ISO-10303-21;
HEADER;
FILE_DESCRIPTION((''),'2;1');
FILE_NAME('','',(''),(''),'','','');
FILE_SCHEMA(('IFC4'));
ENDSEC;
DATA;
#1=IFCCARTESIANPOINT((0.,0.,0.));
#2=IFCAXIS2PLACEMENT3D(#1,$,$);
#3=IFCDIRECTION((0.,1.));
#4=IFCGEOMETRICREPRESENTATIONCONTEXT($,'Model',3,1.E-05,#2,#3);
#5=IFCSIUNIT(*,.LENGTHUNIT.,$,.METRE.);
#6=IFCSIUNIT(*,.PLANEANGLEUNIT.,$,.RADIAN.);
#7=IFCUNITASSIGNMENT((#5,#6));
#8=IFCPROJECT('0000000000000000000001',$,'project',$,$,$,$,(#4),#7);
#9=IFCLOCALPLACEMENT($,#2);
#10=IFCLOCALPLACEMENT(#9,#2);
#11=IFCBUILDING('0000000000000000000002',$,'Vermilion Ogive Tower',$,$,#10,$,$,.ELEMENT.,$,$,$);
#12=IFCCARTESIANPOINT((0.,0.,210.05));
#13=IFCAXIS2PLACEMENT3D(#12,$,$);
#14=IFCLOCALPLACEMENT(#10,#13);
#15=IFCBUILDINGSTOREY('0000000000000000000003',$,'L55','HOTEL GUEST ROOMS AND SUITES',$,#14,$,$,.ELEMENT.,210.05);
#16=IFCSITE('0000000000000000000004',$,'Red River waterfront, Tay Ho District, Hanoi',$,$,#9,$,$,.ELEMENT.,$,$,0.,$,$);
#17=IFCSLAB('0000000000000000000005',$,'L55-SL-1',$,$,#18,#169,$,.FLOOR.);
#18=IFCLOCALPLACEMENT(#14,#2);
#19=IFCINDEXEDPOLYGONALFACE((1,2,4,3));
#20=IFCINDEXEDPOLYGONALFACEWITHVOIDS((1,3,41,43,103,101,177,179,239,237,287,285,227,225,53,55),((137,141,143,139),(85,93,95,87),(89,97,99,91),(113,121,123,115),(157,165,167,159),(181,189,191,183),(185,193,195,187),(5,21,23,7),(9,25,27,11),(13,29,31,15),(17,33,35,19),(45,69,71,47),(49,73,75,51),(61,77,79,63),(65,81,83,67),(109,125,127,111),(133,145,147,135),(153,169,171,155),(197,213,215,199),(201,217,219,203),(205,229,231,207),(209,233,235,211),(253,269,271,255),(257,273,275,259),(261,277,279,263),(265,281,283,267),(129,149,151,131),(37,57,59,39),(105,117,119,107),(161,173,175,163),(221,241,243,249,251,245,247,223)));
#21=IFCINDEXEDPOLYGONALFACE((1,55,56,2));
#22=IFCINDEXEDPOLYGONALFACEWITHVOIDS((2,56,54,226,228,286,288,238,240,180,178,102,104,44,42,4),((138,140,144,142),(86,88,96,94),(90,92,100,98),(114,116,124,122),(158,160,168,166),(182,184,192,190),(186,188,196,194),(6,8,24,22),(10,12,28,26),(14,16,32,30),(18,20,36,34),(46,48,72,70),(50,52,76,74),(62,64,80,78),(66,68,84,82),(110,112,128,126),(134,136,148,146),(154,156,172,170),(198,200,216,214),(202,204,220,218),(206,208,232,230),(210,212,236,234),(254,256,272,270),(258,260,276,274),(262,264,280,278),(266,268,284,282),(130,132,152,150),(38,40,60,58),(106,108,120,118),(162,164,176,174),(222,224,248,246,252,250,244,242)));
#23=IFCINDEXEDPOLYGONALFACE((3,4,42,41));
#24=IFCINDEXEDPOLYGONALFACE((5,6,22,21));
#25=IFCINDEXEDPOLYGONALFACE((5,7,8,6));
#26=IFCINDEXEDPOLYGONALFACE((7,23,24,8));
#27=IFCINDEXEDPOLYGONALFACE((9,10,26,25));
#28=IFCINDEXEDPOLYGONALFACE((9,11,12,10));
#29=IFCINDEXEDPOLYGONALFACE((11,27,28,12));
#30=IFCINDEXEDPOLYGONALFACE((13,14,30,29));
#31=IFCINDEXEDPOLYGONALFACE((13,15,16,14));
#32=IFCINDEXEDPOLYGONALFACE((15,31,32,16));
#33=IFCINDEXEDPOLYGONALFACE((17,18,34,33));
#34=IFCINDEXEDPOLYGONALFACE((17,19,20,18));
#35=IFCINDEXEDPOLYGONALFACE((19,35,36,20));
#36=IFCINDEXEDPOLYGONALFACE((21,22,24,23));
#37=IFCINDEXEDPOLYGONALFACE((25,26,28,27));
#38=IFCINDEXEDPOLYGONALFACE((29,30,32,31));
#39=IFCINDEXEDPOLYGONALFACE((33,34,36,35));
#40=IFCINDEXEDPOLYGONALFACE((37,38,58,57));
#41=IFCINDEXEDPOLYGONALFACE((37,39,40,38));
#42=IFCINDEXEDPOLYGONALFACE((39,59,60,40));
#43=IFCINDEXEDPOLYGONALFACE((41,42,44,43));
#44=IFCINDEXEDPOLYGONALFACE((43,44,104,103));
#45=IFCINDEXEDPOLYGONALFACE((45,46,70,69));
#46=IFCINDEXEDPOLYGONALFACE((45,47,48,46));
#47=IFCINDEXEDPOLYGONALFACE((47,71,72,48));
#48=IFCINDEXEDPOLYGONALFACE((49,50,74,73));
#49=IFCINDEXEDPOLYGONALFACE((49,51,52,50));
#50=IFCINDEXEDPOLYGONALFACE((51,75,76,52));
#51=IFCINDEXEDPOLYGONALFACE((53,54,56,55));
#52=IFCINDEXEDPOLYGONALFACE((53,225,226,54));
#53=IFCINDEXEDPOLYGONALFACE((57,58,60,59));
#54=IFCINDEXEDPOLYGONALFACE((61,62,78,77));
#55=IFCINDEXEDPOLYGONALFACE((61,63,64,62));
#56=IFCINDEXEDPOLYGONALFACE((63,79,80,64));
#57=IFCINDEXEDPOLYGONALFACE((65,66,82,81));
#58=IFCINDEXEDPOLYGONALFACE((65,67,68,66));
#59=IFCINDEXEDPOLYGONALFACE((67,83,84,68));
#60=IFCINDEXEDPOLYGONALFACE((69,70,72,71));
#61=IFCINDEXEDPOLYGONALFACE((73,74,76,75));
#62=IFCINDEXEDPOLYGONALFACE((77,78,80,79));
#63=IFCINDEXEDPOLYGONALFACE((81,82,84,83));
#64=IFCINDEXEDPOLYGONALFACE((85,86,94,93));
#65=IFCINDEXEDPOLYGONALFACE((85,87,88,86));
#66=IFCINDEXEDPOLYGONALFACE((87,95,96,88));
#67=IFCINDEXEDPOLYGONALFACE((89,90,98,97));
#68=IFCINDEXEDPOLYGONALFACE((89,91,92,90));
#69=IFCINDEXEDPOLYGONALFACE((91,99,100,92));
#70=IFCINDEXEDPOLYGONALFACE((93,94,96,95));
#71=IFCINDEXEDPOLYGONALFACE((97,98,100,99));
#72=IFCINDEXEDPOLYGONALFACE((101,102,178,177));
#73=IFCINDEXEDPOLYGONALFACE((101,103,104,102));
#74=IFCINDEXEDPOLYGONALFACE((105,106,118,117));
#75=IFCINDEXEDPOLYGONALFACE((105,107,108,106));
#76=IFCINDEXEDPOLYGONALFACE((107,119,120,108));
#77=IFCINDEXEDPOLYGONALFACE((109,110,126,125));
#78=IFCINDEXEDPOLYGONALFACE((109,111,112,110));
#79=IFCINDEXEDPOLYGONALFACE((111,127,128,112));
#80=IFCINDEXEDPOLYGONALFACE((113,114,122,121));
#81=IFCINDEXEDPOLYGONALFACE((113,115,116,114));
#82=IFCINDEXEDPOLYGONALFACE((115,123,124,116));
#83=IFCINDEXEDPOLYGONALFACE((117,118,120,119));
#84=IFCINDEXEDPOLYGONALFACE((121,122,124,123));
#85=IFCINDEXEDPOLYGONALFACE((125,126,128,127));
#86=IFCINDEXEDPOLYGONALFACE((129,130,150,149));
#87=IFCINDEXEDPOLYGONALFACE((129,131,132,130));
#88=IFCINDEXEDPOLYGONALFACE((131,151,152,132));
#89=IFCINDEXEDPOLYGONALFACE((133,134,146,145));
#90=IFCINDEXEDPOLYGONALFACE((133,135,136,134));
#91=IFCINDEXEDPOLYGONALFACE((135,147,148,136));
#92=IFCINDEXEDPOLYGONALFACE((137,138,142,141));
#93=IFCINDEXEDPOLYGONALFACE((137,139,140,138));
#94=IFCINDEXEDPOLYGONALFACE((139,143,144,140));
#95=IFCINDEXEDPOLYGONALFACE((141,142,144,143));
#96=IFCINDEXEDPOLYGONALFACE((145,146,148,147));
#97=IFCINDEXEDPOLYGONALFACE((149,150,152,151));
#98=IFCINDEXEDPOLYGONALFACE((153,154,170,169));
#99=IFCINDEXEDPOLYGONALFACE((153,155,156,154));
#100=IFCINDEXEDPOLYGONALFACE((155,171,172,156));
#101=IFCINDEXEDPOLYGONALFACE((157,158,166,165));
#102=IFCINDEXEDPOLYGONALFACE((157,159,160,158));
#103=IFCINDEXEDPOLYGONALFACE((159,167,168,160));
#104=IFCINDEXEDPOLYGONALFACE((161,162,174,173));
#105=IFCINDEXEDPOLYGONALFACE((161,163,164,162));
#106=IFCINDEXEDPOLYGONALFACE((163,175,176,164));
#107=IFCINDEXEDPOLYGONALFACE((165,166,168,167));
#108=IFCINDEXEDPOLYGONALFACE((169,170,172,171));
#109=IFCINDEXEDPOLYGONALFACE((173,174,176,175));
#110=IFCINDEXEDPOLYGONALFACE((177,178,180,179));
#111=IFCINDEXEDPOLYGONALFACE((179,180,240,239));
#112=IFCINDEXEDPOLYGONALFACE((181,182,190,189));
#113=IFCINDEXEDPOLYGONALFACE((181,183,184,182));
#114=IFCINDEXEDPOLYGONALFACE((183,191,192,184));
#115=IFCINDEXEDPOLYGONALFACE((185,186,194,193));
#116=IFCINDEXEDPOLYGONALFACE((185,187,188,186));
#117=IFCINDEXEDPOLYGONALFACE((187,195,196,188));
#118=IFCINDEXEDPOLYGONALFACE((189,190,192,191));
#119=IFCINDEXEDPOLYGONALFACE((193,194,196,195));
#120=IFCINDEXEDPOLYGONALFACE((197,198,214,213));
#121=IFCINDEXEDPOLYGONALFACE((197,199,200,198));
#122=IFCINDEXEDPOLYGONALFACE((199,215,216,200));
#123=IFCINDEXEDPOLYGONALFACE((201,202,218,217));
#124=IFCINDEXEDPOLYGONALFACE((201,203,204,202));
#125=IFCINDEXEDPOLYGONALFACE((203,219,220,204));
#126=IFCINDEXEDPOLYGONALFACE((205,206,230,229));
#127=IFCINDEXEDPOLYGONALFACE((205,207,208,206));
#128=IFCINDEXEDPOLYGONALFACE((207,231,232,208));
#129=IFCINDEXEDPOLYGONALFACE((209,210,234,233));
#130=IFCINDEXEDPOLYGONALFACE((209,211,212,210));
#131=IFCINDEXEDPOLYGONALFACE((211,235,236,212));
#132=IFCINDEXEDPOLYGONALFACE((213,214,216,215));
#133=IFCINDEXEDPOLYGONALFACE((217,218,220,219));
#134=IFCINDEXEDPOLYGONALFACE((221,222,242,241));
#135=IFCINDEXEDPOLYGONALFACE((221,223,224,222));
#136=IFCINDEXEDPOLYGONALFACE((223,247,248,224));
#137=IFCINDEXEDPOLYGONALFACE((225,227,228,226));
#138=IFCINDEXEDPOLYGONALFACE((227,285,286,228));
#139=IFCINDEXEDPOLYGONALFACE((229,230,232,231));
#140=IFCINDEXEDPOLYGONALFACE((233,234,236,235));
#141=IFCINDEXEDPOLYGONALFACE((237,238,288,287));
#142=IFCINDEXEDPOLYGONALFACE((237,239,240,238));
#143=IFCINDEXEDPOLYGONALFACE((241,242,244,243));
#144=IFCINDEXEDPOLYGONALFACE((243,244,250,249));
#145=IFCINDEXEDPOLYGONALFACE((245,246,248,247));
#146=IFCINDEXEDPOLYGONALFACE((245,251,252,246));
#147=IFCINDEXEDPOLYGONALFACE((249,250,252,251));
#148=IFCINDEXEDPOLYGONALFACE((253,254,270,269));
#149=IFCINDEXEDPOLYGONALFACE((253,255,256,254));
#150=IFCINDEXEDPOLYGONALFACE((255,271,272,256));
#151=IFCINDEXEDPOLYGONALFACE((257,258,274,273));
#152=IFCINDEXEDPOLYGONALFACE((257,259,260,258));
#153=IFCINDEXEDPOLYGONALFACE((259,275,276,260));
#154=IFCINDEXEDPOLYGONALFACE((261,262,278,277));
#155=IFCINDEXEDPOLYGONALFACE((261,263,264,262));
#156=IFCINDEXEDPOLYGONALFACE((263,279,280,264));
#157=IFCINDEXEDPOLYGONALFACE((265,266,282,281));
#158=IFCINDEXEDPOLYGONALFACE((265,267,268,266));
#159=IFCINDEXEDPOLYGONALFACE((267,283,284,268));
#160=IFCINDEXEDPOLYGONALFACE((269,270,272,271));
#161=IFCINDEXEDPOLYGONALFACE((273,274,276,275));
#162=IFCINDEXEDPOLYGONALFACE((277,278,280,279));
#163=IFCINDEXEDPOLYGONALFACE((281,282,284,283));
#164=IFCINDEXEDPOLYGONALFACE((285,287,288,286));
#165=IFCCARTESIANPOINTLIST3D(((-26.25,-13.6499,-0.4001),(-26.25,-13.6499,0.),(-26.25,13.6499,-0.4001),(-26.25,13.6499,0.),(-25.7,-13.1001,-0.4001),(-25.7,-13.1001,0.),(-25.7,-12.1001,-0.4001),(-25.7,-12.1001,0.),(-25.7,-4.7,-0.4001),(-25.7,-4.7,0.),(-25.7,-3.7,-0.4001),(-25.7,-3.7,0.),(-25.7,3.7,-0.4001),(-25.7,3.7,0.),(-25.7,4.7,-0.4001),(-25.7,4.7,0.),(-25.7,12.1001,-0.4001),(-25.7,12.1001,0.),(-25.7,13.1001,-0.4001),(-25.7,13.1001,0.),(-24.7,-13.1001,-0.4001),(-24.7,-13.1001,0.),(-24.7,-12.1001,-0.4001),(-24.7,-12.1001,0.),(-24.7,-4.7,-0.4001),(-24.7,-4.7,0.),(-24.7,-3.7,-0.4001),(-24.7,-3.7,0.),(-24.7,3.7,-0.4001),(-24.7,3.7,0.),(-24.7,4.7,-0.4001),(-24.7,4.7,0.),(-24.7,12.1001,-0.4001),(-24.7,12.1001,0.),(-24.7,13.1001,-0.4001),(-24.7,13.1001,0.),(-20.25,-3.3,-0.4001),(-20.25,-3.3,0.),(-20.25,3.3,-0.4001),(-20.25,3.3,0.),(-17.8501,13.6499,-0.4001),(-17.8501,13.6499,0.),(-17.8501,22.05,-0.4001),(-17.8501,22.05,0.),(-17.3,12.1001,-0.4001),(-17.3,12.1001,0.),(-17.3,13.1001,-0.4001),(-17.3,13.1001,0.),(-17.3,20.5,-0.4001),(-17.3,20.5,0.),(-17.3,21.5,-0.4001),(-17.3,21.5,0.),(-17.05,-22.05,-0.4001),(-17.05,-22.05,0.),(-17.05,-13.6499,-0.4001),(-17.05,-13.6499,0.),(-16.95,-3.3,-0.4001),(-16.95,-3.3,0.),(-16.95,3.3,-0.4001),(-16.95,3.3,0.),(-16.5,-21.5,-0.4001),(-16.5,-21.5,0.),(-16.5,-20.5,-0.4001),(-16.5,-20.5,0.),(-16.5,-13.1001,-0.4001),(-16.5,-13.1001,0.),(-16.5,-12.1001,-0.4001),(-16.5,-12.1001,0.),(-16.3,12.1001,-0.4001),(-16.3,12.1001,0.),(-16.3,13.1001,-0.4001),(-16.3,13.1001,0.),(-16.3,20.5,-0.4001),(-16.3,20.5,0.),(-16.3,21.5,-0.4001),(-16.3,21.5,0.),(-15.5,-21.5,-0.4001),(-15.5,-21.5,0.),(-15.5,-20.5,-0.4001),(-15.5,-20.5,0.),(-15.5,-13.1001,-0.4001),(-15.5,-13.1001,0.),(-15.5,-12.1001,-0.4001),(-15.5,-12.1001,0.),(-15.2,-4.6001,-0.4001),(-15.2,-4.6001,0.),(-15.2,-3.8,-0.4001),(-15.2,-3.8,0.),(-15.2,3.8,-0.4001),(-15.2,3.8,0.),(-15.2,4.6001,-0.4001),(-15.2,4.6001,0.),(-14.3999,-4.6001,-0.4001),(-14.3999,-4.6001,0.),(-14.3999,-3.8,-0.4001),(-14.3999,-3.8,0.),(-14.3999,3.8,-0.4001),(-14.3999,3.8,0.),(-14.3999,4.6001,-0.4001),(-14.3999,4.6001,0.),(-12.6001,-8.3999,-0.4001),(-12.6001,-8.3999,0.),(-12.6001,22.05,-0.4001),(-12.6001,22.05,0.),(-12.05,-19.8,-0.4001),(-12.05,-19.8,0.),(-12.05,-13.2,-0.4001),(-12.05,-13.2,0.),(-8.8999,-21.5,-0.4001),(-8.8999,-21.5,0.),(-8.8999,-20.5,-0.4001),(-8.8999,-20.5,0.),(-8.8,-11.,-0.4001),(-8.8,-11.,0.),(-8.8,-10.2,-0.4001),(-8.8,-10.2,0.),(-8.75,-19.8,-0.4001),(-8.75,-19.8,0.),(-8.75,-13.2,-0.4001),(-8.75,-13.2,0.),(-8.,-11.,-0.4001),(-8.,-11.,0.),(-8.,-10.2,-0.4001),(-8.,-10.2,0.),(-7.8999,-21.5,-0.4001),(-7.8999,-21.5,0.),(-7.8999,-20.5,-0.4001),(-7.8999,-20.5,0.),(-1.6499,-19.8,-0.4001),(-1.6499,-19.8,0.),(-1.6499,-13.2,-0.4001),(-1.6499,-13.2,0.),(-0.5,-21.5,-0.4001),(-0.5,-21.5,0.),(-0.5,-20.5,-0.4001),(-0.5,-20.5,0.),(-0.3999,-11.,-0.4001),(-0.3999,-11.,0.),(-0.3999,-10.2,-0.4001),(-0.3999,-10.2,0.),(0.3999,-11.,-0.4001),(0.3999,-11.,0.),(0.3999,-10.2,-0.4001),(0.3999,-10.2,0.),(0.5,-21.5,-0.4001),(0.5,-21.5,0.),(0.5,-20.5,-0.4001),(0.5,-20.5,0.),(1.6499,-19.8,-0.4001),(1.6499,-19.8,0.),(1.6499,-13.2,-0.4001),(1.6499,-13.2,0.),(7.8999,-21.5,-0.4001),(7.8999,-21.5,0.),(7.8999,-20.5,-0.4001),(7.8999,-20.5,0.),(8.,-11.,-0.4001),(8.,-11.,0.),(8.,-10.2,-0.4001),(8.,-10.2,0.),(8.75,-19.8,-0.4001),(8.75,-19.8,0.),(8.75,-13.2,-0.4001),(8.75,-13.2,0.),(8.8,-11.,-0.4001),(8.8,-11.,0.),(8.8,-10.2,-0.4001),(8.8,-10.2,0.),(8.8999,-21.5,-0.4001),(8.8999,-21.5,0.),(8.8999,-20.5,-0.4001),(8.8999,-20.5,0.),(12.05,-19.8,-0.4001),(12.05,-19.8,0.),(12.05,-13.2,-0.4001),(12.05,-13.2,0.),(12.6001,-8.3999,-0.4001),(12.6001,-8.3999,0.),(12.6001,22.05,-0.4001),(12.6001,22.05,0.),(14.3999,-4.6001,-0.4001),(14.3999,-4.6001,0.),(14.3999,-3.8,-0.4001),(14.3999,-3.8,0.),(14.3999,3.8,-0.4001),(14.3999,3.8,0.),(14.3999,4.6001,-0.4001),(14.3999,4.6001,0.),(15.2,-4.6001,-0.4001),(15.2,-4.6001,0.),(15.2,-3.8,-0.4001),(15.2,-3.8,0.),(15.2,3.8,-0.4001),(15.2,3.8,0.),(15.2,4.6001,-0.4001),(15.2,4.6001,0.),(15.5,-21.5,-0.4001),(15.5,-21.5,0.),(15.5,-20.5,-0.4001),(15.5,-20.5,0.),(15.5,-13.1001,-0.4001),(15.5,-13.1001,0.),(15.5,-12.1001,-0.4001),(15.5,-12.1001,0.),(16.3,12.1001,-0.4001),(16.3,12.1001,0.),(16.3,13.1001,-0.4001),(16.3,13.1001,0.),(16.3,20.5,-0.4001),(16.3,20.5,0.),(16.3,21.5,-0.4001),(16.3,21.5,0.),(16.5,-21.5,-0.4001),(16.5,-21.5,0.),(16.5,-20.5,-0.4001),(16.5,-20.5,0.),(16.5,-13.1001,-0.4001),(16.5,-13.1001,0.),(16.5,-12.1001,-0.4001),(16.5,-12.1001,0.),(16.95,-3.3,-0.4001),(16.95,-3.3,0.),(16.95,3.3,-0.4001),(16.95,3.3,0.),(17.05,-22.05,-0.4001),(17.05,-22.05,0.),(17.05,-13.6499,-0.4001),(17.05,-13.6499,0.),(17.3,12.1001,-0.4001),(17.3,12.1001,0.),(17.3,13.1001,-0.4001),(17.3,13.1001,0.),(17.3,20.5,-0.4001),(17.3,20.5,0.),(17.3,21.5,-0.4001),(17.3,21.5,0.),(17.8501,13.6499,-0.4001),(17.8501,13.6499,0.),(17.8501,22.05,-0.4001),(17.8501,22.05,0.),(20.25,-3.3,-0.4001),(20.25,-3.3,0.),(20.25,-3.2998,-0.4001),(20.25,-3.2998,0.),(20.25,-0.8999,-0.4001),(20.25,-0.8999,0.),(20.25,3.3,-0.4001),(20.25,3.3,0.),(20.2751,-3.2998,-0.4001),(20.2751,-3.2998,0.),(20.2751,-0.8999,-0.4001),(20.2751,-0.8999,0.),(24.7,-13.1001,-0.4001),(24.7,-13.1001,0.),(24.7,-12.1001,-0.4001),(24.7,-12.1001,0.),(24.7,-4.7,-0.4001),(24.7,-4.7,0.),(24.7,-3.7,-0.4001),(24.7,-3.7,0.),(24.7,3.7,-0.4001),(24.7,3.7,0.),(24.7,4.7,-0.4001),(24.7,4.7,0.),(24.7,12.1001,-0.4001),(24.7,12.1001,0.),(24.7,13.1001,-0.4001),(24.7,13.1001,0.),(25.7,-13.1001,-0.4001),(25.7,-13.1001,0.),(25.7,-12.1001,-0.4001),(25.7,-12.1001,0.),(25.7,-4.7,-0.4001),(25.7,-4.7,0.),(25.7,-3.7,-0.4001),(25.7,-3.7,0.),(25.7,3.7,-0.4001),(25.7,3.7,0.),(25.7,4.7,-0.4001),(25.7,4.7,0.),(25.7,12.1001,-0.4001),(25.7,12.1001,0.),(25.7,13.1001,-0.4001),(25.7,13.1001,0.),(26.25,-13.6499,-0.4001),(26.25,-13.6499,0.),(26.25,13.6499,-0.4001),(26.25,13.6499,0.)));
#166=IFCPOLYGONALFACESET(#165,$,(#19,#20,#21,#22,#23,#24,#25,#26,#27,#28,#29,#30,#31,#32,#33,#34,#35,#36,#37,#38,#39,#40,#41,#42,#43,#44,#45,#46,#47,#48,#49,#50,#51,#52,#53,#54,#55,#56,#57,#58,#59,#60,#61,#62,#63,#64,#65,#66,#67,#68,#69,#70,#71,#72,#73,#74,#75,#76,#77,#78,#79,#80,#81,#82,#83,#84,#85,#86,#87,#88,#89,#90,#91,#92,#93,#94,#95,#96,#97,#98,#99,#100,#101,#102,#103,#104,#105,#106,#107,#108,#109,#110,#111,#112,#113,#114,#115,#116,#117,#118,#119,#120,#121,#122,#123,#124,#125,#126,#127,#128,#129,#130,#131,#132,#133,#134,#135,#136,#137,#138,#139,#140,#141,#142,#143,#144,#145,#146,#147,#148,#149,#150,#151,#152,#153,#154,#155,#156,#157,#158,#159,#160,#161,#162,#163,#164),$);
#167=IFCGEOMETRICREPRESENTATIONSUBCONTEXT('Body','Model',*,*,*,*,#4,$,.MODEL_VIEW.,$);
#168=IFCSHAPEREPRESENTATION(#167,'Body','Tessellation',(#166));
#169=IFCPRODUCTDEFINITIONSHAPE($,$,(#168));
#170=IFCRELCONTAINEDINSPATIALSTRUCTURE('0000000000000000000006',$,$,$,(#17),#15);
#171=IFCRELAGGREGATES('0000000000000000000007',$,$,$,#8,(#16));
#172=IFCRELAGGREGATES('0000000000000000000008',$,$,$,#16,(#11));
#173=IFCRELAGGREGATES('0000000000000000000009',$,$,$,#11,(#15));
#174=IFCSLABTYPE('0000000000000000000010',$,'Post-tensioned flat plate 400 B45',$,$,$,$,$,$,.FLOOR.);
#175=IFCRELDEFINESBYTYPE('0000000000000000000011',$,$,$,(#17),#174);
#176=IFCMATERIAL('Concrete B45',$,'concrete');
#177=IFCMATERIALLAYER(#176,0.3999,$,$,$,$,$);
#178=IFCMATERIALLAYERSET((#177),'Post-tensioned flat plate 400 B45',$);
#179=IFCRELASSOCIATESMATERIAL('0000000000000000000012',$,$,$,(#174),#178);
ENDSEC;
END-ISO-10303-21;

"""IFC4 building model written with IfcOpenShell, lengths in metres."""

from ifc_helpers import new_model, si_unit, direction, frame, origin, place, context, subcontext, project, spatial, polyline, outline, extrude, material, layer, layer_set, type_object, element, save


model = new_model("IFC4")

# Units and contexts
model_context = context("Model", 3, precision=1e-05, world=origin(), true_north=direction((0.0, 1.0)))
body_context = subcontext(model_context, "Body", "Model", "MODEL_VIEW")
ifc_project = project(units=[si_unit("LENGTHUNIT", "METRE"), si_unit("PLANEANGLEUNIT", "RADIAN")], contexts=[model_context])

# Site, building, storey
site_placement = place(None, origin())
site = spatial("IfcSite", under=ifc_project, at=site_placement, Name="Red River waterfront, Tay Ho District, Hanoi", CompositionType="ELEMENT", RefElevation=0.0)
building_placement = place(site_placement, origin())
building = spatial("IfcBuilding", under=site, at=building_placement, Name="Vermilion Ogive Tower", CompositionType="ELEMENT")
storey_placement = place(building_placement, frame((0.0, 0.0, 210.05)))
storey = spatial("IfcBuildingStorey", under=building, at=storey_placement, Name="L55", Description="HOTEL GUEST ROOMS AND SUITES", CompositionType="ELEMENT", Elevation=210.05)

# Slab
ifc_material_1 = material(Name="Concrete B45", Category="concrete")
ifc_layer_1 = layer(ifc_material_1, 0.3999)
ifc_layer_set_1 = layer_set([ifc_layer_1], Name="Post-tensioned flat plate 400 B45")
slab_type_1 = type_object("IfcSlabType", Name="Post-tensioned flat plate 400 B45", PredefinedType="FLOOR", material=ifc_layer_set_1)
slab_1_placement = place(storey_placement, frame((0.0, 0.0, -0.4001)))
element("IfcSlab", 1, at=slab_1_placement, inside=storey, type_object=slab_type_1, Name="L55-SL-1", PredefinedType="FLOOR", context=body_context, shape_type="SweptSolid", body=[
    extrude(outline(polyline([(-26.25, -13.6499), (-17.05, -13.6499), (-17.05, -22.05), (17.05, -22.05), (17.05, -13.6499), (26.25, -13.6499), (26.25, 13.6499), (17.8501, 13.6499), (17.8501, 22.05), (12.6001, 22.05), (12.6001, -8.3999), (-12.6001, -8.3999), (-12.6001, 22.05), (-17.8501, 22.05), (-17.8501, 13.6499), (-26.25, 13.6499), (-26.25, -13.6499)]), holes=[polyline([(25.7, -3.7), (25.7, -4.7), (24.7, -4.7), (24.7, -3.7), (25.7, -3.7)]), polyline([(25.7, -12.1001), (25.7, -13.1001), (24.7, -13.1001), (24.7, -12.1001), (25.7, -12.1001)]), polyline([(25.7, 12.1001), (24.7, 12.1001), (24.7, 13.1001), (25.7, 13.1001), (25.7, 12.1001)]), polyline([(25.7, 3.7), (24.7, 3.7), (24.7, 4.7), (25.7, 4.7), (25.7, 3.7)]), polyline([(20.25, -3.2998), (20.25, -3.3), (16.95, -3.3), (16.95, 3.3), (20.25, 3.3), (20.25, -0.8999), (20.2751, -0.8999), (20.2751, -3.2998), (20.25, -3.2998)]), polyline([(17.3, 13.1001), (17.3, 12.1001), (16.3, 12.1001), (16.3, 13.1001), (17.3, 13.1001)]), polyline([(17.3, 20.5), (16.3, 20.5), (16.3, 21.5), (17.3, 21.5), (17.3, 20.5)]), polyline([(16.5, -12.1001), (16.5, -13.1001), (15.5, -13.1001), (15.5, -12.1001), (16.5, -12.1001)]), polyline([(16.5, -20.5), (16.5, -21.5), (15.5, -21.5), (15.5, -20.5), (16.5, -20.5)]), polyline([(15.2, 4.6001), (15.2, 3.8), (14.3999, 3.8), (14.3999, 4.6001), (15.2, 4.6001)]), polyline([(15.2, -4.6001), (14.3999, -4.6001), (14.3999, -3.8), (15.2, -3.8), (15.2, -4.6001)]), polyline([(12.05, -13.2), (12.05, -19.8), (8.75, -19.8), (8.75, -13.2), (12.05, -13.2)]), polyline([(8.8999, -20.5), (8.8999, -21.5), (7.8999, -21.5), (7.8999, -20.5), (8.8999, -20.5)]), polyline([(8.8, -11.0), (8.0, -11.0), (8.0, -10.2), (8.8, -10.2), (8.8, -11.0)]), polyline([(1.6499, -13.2), (1.6499, -19.8), (-1.6499, -19.8), (-1.6499, -13.2), (1.6499, -13.2)]), polyline([(0.5, -20.5), (0.5, -21.5), (-0.5, -21.5), (-0.5, -20.5), (0.5, -20.5)]), polyline([(0.3999, -10.2), (0.3999, -11.0), (-0.3999, -11.0), (-0.3999, -10.2), (0.3999, -10.2)]), polyline([(-7.8999, -20.5), (-7.8999, -21.5), (-8.8999, -21.5), (-8.8999, -20.5), (-7.8999, -20.5)]), polyline([(-8.0, -10.2), (-8.0, -11.0), (-8.8, -11.0), (-8.8, -10.2), (-8.0, -10.2)]), polyline([(-8.75, -13.2), (-8.75, -19.8), (-12.05, -19.8), (-12.05, -13.2), (-8.75, -13.2)]), polyline([(-14.3999, 4.6001), (-14.3999, 3.8), (-15.2, 3.8), (-15.2, 4.6001), (-14.3999, 4.6001)]), polyline([(-14.3999, -4.6001), (-15.2, -4.6001), (-15.2, -3.8), (-14.3999, -3.8), (-14.3999, -4.6001)]), polyline([(-15.5, -12.1001), (-15.5, -13.1001), (-16.5, -13.1001), (-16.5, -12.1001), (-15.5, -12.1001)]), polyline([(-15.5, -20.5), (-15.5, -21.5), (-16.5, -21.5), (-16.5, -20.5), (-15.5, -20.5)]), polyline([(-16.3, 13.1001), (-16.3, 12.1001), (-17.3, 12.1001), (-17.3, 13.1001), (-16.3, 13.1001)]), polyline([(-16.3, 20.5), (-17.3, 20.5), (-17.3, 21.5), (-16.3, 21.5), (-16.3, 20.5)]), polyline([(-16.95, 3.3), (-16.95, -3.3), (-20.25, -3.3), (-20.25, 3.3), (-16.95, 3.3)]), polyline([(-24.7, 3.7), (-25.7, 3.7), (-25.7, 4.7), (-24.7, 4.7), (-24.7, 3.7)]), polyline([(-24.7, 13.1001), (-24.7, 12.1001), (-25.7, 12.1001), (-25.7, 13.1001), (-24.7, 13.1001)]), polyline([(-24.7, -3.7), (-24.7, -4.7), (-25.7, -4.7), (-25.7, -3.7), (-24.7, -3.7)]), polyline([(-24.7, -12.1001), (-24.7, -13.1001), (-25.7, -13.1001), (-25.7, -12.1001), (-24.7, -12.1001)])]), origin(), (0.0, 0.0, 1.0), 0.4001),
])

save(model, "model.ifc")
